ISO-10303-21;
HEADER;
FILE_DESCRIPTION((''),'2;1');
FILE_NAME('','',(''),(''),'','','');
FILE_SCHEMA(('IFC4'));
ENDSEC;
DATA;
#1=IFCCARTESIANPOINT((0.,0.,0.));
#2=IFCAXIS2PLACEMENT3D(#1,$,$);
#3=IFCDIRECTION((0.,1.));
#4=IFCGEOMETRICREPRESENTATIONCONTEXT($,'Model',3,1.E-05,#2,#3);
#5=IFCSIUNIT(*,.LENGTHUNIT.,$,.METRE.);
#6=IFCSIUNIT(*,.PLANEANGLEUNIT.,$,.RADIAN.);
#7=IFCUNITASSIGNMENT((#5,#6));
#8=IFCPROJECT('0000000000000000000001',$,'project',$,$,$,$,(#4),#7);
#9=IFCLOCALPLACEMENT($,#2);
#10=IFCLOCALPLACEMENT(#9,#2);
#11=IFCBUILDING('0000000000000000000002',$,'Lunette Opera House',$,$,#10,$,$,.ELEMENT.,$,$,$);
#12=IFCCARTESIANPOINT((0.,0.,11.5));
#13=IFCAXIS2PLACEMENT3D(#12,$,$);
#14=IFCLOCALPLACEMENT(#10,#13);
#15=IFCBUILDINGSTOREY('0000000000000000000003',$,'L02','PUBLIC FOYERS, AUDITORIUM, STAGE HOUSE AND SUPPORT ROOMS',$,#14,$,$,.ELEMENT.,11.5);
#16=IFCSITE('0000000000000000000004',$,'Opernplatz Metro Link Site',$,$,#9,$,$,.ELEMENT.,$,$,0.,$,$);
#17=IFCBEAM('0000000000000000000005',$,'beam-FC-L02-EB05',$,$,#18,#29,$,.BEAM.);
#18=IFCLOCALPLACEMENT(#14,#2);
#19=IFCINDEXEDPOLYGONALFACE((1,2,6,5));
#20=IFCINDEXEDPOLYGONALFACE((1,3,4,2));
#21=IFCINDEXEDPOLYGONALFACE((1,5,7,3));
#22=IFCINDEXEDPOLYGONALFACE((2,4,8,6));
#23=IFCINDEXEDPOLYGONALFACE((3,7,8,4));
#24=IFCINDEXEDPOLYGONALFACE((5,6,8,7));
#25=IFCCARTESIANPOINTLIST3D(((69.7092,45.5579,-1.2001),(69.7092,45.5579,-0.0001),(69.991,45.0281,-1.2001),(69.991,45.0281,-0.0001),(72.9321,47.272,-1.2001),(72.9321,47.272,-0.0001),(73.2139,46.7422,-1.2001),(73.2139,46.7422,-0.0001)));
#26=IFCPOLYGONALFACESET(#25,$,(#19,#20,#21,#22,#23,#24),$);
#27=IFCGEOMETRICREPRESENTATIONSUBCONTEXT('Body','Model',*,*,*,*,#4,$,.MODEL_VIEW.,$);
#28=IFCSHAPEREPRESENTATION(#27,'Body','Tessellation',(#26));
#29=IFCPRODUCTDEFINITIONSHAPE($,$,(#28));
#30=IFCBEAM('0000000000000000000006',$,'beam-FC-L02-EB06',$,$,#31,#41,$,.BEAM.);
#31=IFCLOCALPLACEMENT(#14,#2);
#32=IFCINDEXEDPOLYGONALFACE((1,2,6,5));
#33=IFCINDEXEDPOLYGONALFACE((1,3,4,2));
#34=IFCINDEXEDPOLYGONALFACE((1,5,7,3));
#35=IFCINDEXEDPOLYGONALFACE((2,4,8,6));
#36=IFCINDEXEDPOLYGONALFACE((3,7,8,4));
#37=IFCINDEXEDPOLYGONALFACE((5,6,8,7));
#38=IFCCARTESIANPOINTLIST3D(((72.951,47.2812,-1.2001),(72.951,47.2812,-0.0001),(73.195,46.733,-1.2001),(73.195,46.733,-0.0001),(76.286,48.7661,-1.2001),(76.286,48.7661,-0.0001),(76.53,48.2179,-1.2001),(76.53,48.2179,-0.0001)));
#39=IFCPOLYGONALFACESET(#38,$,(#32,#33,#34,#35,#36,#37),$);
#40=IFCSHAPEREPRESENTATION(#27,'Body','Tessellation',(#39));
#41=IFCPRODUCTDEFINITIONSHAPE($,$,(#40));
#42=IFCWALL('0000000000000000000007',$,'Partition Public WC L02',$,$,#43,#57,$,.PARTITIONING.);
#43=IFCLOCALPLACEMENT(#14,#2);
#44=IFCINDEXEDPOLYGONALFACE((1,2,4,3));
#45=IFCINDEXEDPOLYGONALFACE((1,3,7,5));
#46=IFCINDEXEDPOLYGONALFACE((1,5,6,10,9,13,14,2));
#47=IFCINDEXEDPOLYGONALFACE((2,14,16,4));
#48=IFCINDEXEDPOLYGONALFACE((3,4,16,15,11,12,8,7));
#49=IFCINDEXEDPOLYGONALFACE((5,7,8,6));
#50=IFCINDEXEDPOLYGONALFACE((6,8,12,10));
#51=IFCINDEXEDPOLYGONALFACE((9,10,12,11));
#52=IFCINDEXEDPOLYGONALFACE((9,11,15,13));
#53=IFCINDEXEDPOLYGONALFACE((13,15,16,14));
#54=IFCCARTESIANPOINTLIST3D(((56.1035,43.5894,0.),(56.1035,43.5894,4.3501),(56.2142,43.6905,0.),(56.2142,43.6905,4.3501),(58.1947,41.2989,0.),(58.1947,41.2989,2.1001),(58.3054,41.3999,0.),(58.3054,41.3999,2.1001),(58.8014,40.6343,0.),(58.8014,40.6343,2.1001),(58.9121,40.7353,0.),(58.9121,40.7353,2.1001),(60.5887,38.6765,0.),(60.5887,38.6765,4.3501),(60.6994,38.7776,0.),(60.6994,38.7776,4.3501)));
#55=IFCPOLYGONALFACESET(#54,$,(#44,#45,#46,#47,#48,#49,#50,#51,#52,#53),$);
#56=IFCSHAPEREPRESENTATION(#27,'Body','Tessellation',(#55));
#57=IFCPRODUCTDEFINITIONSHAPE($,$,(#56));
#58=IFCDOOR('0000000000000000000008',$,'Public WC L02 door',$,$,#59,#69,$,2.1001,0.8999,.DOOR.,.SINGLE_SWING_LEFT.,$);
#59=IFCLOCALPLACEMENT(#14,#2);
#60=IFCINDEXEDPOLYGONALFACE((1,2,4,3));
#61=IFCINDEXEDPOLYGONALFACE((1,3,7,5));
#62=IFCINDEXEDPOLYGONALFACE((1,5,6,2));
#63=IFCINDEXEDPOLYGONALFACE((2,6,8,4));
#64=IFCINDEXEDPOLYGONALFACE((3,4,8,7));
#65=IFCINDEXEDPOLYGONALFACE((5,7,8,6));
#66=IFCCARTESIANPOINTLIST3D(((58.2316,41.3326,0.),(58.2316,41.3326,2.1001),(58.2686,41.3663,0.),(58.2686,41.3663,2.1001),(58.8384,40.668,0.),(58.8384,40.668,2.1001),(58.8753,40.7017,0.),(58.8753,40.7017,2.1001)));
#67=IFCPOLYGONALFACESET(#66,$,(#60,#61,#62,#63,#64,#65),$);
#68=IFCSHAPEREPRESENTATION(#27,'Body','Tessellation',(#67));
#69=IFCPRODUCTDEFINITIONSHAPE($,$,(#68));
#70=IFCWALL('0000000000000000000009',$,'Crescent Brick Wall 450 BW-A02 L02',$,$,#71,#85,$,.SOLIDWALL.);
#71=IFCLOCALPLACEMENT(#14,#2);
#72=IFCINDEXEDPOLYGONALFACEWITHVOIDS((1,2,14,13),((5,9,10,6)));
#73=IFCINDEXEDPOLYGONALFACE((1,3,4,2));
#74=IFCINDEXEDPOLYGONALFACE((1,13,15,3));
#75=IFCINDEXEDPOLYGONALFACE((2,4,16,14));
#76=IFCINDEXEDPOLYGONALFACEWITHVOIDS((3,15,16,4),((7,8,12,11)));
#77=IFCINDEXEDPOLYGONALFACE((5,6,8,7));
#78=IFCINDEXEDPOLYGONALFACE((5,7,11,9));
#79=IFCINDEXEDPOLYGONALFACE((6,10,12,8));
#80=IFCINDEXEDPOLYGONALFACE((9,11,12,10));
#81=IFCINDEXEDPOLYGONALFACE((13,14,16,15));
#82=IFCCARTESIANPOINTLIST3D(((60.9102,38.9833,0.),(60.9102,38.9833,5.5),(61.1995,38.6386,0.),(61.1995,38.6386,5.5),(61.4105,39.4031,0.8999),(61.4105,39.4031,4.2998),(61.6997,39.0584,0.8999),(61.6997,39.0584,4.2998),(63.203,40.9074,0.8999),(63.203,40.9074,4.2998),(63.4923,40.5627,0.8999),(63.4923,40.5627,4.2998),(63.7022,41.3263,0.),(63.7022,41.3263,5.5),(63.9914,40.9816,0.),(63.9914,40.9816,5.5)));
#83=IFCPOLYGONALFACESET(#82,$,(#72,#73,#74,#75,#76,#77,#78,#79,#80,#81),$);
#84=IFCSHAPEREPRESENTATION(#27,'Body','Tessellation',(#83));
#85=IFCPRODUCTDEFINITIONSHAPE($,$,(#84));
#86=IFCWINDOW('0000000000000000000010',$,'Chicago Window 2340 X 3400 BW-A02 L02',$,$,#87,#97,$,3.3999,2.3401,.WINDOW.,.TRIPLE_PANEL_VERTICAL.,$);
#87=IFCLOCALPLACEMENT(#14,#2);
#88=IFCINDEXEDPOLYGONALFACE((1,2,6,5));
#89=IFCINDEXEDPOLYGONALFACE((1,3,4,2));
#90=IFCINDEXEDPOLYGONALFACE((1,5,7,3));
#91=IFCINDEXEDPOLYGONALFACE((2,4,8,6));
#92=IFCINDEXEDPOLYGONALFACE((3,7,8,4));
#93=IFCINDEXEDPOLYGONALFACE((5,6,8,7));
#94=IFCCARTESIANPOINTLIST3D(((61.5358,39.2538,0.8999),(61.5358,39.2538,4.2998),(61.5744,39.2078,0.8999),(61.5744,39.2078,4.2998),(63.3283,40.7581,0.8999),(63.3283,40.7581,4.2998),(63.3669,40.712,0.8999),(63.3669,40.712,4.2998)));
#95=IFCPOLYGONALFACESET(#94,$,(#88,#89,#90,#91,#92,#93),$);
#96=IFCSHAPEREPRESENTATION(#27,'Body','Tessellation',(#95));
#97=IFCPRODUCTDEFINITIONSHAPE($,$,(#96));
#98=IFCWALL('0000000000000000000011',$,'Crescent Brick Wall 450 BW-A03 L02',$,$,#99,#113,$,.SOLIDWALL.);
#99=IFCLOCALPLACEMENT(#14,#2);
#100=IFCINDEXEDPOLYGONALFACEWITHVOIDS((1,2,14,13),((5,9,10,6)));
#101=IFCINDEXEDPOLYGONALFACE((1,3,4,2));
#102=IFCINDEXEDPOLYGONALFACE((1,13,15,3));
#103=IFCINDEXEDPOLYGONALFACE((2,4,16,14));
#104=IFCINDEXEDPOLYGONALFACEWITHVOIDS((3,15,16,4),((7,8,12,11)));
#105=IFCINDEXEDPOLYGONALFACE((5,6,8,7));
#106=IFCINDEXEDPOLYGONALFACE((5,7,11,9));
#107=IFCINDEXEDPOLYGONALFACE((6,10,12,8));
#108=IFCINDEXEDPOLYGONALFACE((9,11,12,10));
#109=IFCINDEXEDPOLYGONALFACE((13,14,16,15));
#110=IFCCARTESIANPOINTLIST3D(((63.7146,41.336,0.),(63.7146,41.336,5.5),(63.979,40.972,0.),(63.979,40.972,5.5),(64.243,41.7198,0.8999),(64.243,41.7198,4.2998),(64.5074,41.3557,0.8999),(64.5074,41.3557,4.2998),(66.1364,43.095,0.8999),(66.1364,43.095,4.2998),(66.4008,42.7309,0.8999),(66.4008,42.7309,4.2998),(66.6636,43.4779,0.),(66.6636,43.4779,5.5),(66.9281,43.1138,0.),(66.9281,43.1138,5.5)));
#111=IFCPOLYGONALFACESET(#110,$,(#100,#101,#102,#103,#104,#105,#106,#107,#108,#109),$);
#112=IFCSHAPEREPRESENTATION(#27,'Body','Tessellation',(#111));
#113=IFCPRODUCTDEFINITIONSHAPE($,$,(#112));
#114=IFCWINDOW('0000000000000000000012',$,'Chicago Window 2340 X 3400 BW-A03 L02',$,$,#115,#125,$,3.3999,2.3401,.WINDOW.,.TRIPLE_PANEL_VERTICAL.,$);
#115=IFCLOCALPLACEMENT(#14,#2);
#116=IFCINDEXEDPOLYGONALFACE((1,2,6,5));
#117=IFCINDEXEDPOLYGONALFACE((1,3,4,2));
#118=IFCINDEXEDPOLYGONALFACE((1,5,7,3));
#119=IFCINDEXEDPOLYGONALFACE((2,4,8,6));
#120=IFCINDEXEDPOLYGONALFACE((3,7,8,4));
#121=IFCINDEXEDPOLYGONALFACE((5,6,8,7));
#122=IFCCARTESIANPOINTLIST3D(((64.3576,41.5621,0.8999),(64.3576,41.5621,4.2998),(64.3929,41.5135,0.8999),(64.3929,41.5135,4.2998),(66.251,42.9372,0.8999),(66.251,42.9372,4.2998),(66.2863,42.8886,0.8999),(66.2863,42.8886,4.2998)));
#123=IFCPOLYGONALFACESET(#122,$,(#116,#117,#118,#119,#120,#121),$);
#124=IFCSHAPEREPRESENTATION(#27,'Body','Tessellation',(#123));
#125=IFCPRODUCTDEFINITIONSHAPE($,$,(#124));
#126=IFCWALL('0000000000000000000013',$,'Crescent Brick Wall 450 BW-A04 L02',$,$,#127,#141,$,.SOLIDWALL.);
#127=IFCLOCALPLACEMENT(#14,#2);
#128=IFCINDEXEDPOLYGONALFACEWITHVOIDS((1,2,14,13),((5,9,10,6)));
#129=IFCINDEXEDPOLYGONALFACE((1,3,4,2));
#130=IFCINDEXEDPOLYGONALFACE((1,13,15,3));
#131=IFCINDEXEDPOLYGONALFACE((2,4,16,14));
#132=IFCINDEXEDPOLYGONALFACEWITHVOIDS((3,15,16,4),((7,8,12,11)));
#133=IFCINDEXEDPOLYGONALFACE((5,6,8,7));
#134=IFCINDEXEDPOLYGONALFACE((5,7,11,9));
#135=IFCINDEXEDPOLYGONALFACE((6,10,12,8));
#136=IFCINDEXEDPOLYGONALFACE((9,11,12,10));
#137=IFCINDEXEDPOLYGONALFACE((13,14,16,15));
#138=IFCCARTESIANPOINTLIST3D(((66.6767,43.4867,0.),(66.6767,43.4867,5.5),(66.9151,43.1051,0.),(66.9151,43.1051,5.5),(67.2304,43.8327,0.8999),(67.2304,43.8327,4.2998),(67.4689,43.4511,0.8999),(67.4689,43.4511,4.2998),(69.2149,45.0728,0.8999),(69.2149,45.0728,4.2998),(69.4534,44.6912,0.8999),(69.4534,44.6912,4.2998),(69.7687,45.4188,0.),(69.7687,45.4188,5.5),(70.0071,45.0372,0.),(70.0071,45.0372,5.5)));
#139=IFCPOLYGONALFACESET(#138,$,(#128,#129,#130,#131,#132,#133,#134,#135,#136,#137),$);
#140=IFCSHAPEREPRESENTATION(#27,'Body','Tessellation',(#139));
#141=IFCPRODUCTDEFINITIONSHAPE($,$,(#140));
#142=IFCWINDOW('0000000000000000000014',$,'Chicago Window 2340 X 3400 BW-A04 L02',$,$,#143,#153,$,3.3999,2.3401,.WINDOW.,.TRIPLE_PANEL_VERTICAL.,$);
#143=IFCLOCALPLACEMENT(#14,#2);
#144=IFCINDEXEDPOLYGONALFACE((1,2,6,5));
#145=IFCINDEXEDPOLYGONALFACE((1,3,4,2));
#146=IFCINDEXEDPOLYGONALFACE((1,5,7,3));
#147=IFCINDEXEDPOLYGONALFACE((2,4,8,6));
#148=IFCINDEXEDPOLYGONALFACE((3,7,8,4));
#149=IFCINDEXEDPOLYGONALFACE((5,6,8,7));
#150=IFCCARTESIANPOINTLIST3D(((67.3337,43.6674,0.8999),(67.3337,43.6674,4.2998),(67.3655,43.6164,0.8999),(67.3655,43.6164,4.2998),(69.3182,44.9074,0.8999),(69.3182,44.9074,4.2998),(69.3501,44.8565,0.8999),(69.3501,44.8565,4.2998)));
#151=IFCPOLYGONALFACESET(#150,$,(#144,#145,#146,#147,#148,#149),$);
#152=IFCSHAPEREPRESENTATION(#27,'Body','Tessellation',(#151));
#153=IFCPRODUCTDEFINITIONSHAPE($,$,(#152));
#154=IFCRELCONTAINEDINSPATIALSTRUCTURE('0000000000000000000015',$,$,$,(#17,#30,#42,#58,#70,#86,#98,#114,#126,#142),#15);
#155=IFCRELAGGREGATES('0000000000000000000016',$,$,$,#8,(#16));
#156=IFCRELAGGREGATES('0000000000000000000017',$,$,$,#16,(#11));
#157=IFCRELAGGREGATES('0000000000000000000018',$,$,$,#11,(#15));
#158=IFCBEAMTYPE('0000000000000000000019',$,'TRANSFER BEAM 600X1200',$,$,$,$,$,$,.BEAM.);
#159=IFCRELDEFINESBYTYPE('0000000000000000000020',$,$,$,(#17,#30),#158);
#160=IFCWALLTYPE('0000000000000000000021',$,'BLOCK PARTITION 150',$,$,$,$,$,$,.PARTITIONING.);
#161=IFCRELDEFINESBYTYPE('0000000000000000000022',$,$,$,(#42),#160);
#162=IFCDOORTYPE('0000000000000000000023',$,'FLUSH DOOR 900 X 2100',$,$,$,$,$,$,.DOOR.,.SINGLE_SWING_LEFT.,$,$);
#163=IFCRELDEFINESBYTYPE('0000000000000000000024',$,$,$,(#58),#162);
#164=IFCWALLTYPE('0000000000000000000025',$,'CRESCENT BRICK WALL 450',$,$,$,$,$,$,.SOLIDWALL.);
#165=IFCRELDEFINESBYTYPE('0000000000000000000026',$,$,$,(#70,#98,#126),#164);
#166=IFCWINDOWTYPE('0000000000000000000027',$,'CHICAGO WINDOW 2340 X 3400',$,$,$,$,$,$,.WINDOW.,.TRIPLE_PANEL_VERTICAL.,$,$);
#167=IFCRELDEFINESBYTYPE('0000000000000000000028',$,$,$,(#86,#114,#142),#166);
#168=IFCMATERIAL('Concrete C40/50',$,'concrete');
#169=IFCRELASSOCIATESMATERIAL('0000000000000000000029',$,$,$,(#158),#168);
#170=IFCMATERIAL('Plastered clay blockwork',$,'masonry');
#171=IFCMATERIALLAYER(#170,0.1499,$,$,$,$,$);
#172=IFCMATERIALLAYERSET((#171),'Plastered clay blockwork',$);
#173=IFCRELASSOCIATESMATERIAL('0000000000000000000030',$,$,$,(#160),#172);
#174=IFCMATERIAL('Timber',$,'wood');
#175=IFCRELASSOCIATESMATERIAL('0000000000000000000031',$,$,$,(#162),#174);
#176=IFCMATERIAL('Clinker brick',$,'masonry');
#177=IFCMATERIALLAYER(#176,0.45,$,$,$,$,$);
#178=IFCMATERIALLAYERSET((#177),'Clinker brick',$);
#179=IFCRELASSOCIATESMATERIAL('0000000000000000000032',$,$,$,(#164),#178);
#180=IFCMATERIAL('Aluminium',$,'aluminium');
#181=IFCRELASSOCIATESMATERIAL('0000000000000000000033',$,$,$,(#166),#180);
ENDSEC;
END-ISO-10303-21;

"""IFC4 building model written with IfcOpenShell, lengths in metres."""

from ifc_helpers import new_model, si_unit, direction, frame, frame_2d, origin, origin_2d, place, context, subcontext, project, spatial, rectangle, extrude, material, layer, layer_set, material_profile, profile_set, type_object, element, fill, save


model = new_model("IFC4")

# Units and contexts
model_context = context("Model", 3, precision=1e-05, world=origin(), true_north=direction((0.0, 1.0)))
body_context = subcontext(model_context, "Body", "Model", "MODEL_VIEW")
ifc_project = project(units=[si_unit("LENGTHUNIT", "METRE"), si_unit("PLANEANGLEUNIT", "RADIAN")], contexts=[model_context])

# Site, building, storey
site_placement = place(None, origin())
site = spatial("IfcSite", under=ifc_project, at=site_placement, Name="Opernplatz Metro Link Site", CompositionType="ELEMENT", RefElevation=0.0)
building_placement = place(site_placement, origin())
building = spatial("IfcBuilding", under=site, at=building_placement, Name="Lunette Opera House", CompositionType="ELEMENT")
storey_placement = place(building_placement, frame((0.0, 0.0, 11.5)))
storey = spatial("IfcBuildingStorey", under=building, at=storey_placement, Name="L02", Description="PUBLIC FOYERS, AUDITORIUM, STAGE HOUSE AND SUPPORT ROOMS", CompositionType="ELEMENT", Elevation=11.5)

# Beams
ifc_material_1 = material(Name="Concrete C40/50", Category="concrete")
ifc_material_profile_1 = material_profile(ifc_material_1, rectangle(XDim=0.6001, YDim=1.2, at=origin_2d()), Name="TRANSFER BEAM 600X1200")
ifc_profile_set_1 = profile_set([ifc_material_profile_1], Name="Concrete C40/50")
beam_type_1 = type_object("IfcBeamType", Name="TRANSFER BEAM 600X1200", PredefinedType="BEAM", material=ifc_profile_set_1)
beam_1_placement = place(storey_placement, frame((69.8501, 45.293, -0.6001), z_axis=(0.882895, 0.469571, 0.0), x_axis=(-0.469571, 0.882895, 0.0)))
element("IfcBeam", 1, at=beam_1_placement, inside=storey, type_object=beam_type_1, Name="beam-FC-L02-EB05", PredefinedType="BEAM", context=body_context, shape_type="SweptSolid", body=[
    extrude(rectangle(XDim=0.6001, YDim=1.2, at=origin_2d()), origin(), (0.0, 0.0, 1.0), 3.6504),
])
beam_2_placement = place(storey_placement, frame((73.073, 47.0071, -0.6001), z_axis=(0.913541, 0.406746, 0.0), x_axis=(-0.406746, 0.913541, 0.0)))
element("IfcBeam", 2, at=beam_2_placement, inside=storey, type_object=beam_type_1, Name="beam-FC-L02-EB06", PredefinedType="BEAM", context=body_context, shape_type="SweptSolid", body=[
    extrude(rectangle(XDim=0.6001, YDim=1.2, at=origin_2d()), origin(), (0.0, 0.0, 1.0), 3.6506),
])

# Wall, opening, door
ifc_material_2 = material(Name="Plastered clay blockwork", Category="masonry")
ifc_layer_1 = layer(ifc_material_2, 0.1499)
ifc_layer_set_1 = layer_set([ifc_layer_1], Name="Plastered clay blockwork")
wall_type_1 = type_object("IfcWallType", Name="BLOCK PARTITION 150", PredefinedType="PARTITIONING", material=ifc_layer_set_1)
wall_1_placement = place(storey_placement, frame((60.644, 38.7271, 0.0), z_axis=(0.0, 0.0, 1.0), x_axis=(-0.674226, 0.738525, 0.0)))
wall_1 = element("IfcWall", 3, at=wall_1_placement, inside=storey, type_object=wall_type_1, Name="Partition Public WC L02", PredefinedType="PARTITIONING", context=body_context, shape_type="SweptSolid", body=[
    extrude(rectangle(XDim=6.6523, YDim=0.1499, at=frame_2d((3.3262, 0.0))), origin(), (0.0, 0.0, 1.0), 4.3501),
])
opening_1_placement = place(wall_1_placement, frame((2.6509, 0.0, 0.0)))
opening_1 = element("IfcOpeningElement", 4, at=opening_1_placement, cuts=wall_1, PredefinedType="OPENING", context=body_context, shape_type="SweptSolid", body=[
    extrude(rectangle(XDim=0.8999, YDim=2.1001, at=frame_2d((0.45, 1.05))), frame((0.0, 0.0869, 0.0), z_axis=(0.0, -1.0, 0.0), x_axis=(1.0, 0.0, 0.0)), (0.0, 0.0, 1.0), 0.1738),
])
ifc_material_3 = material(Name="Timber", Category="wood")
door_type = type_object("IfcDoorType", Name="FLUSH DOOR 900 X 2100", OperationType="SINGLE_SWING_LEFT", PredefinedType="DOOR", material=ifc_material_3)
door_placement = place(opening_1_placement, origin())
door = element("IfcDoor", 5, at=door_placement, inside=storey, type_object=door_type, Name="Public WC L02 door", OperationType="SINGLE_SWING_LEFT", OverallHeight=2.1001, OverallWidth=0.8999, PredefinedType="DOOR", context=body_context, shape_type="SweptSolid", body=[
    extrude(rectangle(XDim=0.8999, YDim=2.1001, at=frame_2d((0.45, 1.05))), frame((0.0, 0.0249, 0.0), z_axis=(0.0, -1.0, 0.0), x_axis=(1.0, 0.0, 0.0)), (0.0, 0.0, 1.0), 0.05),
])
fill(opening_1, door)

# Walls, openings, windows
ifc_material_4 = material(Name="Clinker brick", Category="masonry")
ifc_layer_2 = layer(ifc_material_4, 0.45)
ifc_layer_set_2 = layer_set([ifc_layer_2], Name="Clinker brick")
wall_type_2 = type_object("IfcWallType", Name="CRESCENT BRICK WALL 450", PredefinedType="SOLIDWALL", material=ifc_layer_set_2)
wall_2_placement = place(storey_placement, frame((61.0549, 38.811, 0.0), z_axis=(0.0, 0.0, 1.0), x_axis=(0.76601, 0.642829, 0.0)))
wall_2 = element("IfcWall", 6, at=wall_2_placement, inside=storey, type_object=wall_type_2, Name="Crescent Brick Wall 450 BW-A02 L02", PredefinedType="SOLIDWALL", context=body_context, shape_type="SweptSolid", body=[
    extrude(rectangle(XDim=3.6448, YDim=0.45, at=frame_2d((1.8223, 0.0))), origin(), (0.0, 0.0, 1.0), 5.5),
])
opening_2_placement = place(wall_2_placement, frame((0.6531, 0.0, 0.8999)))
opening_2 = element("IfcOpeningElement", 7, at=opening_2_placement, cuts=wall_2, PredefinedType="OPENING", context=body_context, shape_type="SweptSolid", body=[
    extrude(rectangle(XDim=2.3401, YDim=3.3999, at=frame_2d((1.1699, 1.7))), frame((0.0, 0.2371, 0.0), z_axis=(0.0, -1.0, 0.0), x_axis=(1.0, 0.0, 0.0)), (0.0, 0.0, 1.0), 0.4739),
])
ifc_material_5 = material(Name="Aluminium", Category="aluminium")
window_type = type_object("IfcWindowType", Name="CHICAGO WINDOW 2340 X 3400", PartitioningType="TRIPLE_PANEL_VERTICAL", PredefinedType="WINDOW", material=ifc_material_5)
window_1_placement = place(opening_2_placement, origin())
window_1 = element("IfcWindow", 8, at=window_1_placement, inside=storey, type_object=window_type, Name="Chicago Window 2340 X 3400 BW-A02 L02", OverallHeight=3.3999, OverallWidth=2.3401, PartitioningType="TRIPLE_PANEL_VERTICAL", PredefinedType="WINDOW", context=body_context, shape_type="SweptSolid", body=[
    extrude(rectangle(XDim=2.3401, YDim=3.3999, at=frame_2d((1.1699, 1.7))), frame((0.0, 0.03, 0.0), z_axis=(0.0, -1.0, 0.0), x_axis=(1.0, 0.0, 0.0)), (0.0, 0.0, 1.0), 0.0601),
])
fill(opening_2, window_1)
wall_3_placement = place(storey_placement, frame((63.8469, 41.1541, 0.0), z_axis=(0.0, 0.0, 1.0), x_axis=(0.80911, 0.587658, 0.0)))
wall_3 = element("IfcWall", 9, at=wall_3_placement, inside=storey, type_object=wall_type_2, Name="Crescent Brick Wall 450 BW-A03 L02", PredefinedType="SOLIDWALL", context=body_context, shape_type="SweptSolid", body=[
    extrude(rectangle(XDim=3.6448, YDim=0.45, at=frame_2d((1.8223, 0.0))), origin(), (0.0, 0.0, 1.0), 5.5),
])
opening_3_placement = place(wall_3_placement, frame((0.6531, 0.0, 0.8999)))
opening_3 = element("IfcOpeningElement", 10, at=opening_3_placement, cuts=wall_3, PredefinedType="OPENING", context=body_context, shape_type="SweptSolid", body=[
    extrude(rectangle(XDim=2.3401, YDim=3.3999, at=frame_2d((1.1699, 1.7))), frame((0.0, 0.2371, 0.0), z_axis=(0.0, -1.0, 0.0), x_axis=(1.0, 0.0, 0.0)), (0.0, 0.0, 1.0), 0.4739),
])
window_2_placement = place(opening_3_placement, origin())
window_2 = element("IfcWindow", 11, at=window_2_placement, inside=storey, type_object=window_type, Name="Chicago Window 2340 X 3400 BW-A03 L02", OverallHeight=3.3999, OverallWidth=2.3401, PartitioningType="TRIPLE_PANEL_VERTICAL", PredefinedType="WINDOW", context=body_context, shape_type="SweptSolid", body=[
    extrude(rectangle(XDim=2.3401, YDim=3.3999, at=frame_2d((1.1699, 1.7))), frame((0.0, 0.03, 0.0), z_axis=(0.0, -1.0, 0.0), x_axis=(1.0, 0.0, 0.0)), (0.0, 0.0, 1.0), 0.0601),
])
fill(opening_3, window_2)
wall_4_placement = place(storey_placement, frame((66.7959, 43.2959, 0.0), z_axis=(0.0, 0.0, 1.0), x_axis=(0.848047, 0.529921, 0.0)))
wall_4 = element("IfcWall", 12, at=wall_4_placement, inside=storey, type_object=wall_type_2, Name="Crescent Brick Wall 450 BW-A04 L02", PredefinedType="SOLIDWALL", context=body_context, shape_type="SweptSolid", body=[
    extrude(rectangle(XDim=3.646, YDim=0.45, at=frame_2d((1.823, 0.0))), origin(), (0.0, 0.0, 1.0), 5.5),
])
opening_4_placement = place(wall_4_placement, frame((0.6531, 0.0, 0.8999)))
opening_4 = element("IfcOpeningElement", 13, at=opening_4_placement, cuts=wall_4, PredefinedType="OPENING", context=body_context, shape_type="SweptSolid", body=[
    extrude(rectangle(XDim=2.3401, YDim=3.3999, at=frame_2d((1.1699, 1.7))), frame((0.0, 0.2371, 0.0), z_axis=(0.0, -1.0, 0.0), x_axis=(1.0, 0.0, 0.0)), (0.0, 0.0, 1.0), 0.4739),
])
window_3_placement = place(opening_4_placement, origin())
window_3 = element("IfcWindow", 14, at=window_3_placement, inside=storey, type_object=window_type, Name="Chicago Window 2340 X 3400 BW-A04 L02", OverallHeight=3.3999, OverallWidth=2.3401, PartitioningType="TRIPLE_PANEL_VERTICAL", PredefinedType="WINDOW", context=body_context, shape_type="SweptSolid", body=[
    extrude(rectangle(XDim=2.3401, YDim=3.3999, at=frame_2d((1.1699, 1.7))), frame((0.0, 0.03, 0.0), z_axis=(0.0, -1.0, 0.0), x_axis=(1.0, 0.0, 0.0)), (0.0, 0.0, 1.0), 0.0601),
])
fill(opening_4, window_3)

save(model, "model.ifc")
